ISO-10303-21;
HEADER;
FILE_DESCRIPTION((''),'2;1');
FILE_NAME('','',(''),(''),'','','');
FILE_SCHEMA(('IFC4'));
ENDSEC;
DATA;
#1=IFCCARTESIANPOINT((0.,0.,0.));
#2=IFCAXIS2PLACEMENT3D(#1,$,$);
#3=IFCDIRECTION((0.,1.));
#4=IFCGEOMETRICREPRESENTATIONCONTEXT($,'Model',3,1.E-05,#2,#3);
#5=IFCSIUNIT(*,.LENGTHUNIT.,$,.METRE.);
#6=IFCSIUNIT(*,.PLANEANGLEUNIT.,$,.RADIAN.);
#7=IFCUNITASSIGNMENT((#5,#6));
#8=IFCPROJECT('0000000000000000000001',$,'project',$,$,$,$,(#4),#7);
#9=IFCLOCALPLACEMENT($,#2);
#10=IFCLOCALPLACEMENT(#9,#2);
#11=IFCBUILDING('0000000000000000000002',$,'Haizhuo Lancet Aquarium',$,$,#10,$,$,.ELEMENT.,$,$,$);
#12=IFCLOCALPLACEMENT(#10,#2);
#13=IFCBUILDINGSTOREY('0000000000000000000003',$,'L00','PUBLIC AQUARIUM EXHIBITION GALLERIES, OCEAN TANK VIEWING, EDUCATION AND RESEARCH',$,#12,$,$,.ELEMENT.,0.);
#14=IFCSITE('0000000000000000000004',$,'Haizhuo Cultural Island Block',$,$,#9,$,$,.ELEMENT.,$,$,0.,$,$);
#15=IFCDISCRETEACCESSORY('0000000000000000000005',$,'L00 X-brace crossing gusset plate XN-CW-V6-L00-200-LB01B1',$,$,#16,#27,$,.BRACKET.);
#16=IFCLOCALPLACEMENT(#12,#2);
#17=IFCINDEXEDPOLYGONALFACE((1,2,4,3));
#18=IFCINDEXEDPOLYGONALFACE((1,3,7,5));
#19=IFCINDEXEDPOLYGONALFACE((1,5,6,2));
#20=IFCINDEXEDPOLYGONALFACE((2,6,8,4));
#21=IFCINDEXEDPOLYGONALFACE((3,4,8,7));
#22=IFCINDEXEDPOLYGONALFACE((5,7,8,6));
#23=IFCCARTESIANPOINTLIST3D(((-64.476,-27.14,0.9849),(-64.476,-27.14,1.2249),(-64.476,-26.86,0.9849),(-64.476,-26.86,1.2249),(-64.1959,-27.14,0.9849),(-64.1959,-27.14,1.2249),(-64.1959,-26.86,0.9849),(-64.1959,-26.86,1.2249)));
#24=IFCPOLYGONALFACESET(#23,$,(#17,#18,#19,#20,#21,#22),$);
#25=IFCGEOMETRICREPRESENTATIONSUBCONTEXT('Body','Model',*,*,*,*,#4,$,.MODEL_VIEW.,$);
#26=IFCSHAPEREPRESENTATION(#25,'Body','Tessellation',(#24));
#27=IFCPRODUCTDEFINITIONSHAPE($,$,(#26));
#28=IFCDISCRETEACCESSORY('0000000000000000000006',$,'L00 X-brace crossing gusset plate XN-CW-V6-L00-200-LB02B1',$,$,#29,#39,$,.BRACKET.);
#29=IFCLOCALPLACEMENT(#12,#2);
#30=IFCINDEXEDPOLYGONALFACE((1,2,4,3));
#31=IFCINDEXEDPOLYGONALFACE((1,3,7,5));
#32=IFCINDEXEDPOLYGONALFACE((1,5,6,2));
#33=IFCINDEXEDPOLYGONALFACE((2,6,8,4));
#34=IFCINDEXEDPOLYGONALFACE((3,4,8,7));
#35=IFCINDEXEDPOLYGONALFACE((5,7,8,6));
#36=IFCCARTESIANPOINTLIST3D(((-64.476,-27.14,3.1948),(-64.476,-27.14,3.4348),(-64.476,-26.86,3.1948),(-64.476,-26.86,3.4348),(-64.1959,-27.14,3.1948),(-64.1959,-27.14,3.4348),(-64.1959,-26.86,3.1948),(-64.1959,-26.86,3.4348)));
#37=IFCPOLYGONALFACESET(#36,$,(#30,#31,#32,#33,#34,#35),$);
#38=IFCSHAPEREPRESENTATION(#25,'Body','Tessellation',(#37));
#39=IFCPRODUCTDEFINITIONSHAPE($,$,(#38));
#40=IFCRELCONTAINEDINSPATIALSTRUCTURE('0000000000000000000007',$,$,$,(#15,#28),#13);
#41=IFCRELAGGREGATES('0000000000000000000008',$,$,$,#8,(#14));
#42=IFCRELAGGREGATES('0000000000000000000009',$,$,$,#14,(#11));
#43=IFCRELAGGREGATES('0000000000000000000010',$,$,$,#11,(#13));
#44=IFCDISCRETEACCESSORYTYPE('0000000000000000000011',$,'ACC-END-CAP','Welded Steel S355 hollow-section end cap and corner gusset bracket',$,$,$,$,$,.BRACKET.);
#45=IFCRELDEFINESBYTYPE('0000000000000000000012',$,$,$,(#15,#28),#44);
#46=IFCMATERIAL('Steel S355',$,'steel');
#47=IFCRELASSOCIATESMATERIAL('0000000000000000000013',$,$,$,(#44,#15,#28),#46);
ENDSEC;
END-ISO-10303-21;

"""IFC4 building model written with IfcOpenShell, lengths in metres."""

from ifc_helpers import new_model, si_unit, direction, frame, origin, origin_2d, place, context, subcontext, project, spatial, rectangle, extrude, material, type_object, element, save


model = new_model("IFC4")

# Units and contexts
model_context = context("Model", 3, precision=1e-05, world=origin(), true_north=direction((0.0, 1.0)))
body_context = subcontext(model_context, "Body", "Model", "MODEL_VIEW")
ifc_project = project(units=[si_unit("LENGTHUNIT", "METRE"), si_unit("PLANEANGLEUNIT", "RADIAN")], contexts=[model_context])

# Site, building, storey
site_placement = place(None, origin())
site = spatial("IfcSite", under=ifc_project, at=site_placement, Name="Haizhuo Cultural Island Block", CompositionType="ELEMENT", RefElevation=0.0)
building_placement = place(site_placement, origin())
building = spatial("IfcBuilding", under=site, at=building_placement, Name="Haizhuo Lancet Aquarium", CompositionType="ELEMENT")
storey_placement = place(building_placement, origin())
storey = spatial("IfcBuildingStorey", under=building, at=storey_placement, Name="L00", Description="PUBLIC AQUARIUM EXHIBITION GALLERIES, OCEAN TANK VIEWING, EDUCATION AND RESEARCH", CompositionType="ELEMENT", Elevation=0.0)

# Shared definitions
ifc_material_1 = material(Name="Steel S355", Category="steel")

# Discrete accessories
discrete_accessory_type = type_object("IfcDiscreteAccessoryType", Name="ACC-END-CAP", Description="Welded Steel S355 hollow-section end cap and corner gusset bracket", PredefinedType="BRACKET", material=ifc_material_1)
for number, where, z_axis, x_axis, name in (
    (1, (-64.3359, -27.0, 0.9849), (0.0, 0.0, 1.0), (1.0, 0.0, 0.0), "L00 X-brace crossing gusset plate XN-CW-V6-L00-200-LB01B1"),
    (2, (-64.3359, -27.0, 3.1948), (0.0, 0.0, 1.0), (1.0, 0.0, 0.0), "L00 X-brace crossing gusset plate XN-CW-V6-L00-200-LB02B1"),
):
    element("IfcDiscreteAccessory", number, at=place(storey_placement, frame(where, z_axis=z_axis, x_axis=x_axis)), inside=storey, type_object=discrete_accessory_type, material=ifc_material_1, Name=name, PredefinedType="BRACKET", context=body_context, shape_type="SweptSolid", body=[
        extrude(rectangle(XDim=0.28, YDim=0.28, at=origin_2d()), origin(), (0.0, 0.0, 1.0), 0.24),
    ])

save(model, "model.ifc")
